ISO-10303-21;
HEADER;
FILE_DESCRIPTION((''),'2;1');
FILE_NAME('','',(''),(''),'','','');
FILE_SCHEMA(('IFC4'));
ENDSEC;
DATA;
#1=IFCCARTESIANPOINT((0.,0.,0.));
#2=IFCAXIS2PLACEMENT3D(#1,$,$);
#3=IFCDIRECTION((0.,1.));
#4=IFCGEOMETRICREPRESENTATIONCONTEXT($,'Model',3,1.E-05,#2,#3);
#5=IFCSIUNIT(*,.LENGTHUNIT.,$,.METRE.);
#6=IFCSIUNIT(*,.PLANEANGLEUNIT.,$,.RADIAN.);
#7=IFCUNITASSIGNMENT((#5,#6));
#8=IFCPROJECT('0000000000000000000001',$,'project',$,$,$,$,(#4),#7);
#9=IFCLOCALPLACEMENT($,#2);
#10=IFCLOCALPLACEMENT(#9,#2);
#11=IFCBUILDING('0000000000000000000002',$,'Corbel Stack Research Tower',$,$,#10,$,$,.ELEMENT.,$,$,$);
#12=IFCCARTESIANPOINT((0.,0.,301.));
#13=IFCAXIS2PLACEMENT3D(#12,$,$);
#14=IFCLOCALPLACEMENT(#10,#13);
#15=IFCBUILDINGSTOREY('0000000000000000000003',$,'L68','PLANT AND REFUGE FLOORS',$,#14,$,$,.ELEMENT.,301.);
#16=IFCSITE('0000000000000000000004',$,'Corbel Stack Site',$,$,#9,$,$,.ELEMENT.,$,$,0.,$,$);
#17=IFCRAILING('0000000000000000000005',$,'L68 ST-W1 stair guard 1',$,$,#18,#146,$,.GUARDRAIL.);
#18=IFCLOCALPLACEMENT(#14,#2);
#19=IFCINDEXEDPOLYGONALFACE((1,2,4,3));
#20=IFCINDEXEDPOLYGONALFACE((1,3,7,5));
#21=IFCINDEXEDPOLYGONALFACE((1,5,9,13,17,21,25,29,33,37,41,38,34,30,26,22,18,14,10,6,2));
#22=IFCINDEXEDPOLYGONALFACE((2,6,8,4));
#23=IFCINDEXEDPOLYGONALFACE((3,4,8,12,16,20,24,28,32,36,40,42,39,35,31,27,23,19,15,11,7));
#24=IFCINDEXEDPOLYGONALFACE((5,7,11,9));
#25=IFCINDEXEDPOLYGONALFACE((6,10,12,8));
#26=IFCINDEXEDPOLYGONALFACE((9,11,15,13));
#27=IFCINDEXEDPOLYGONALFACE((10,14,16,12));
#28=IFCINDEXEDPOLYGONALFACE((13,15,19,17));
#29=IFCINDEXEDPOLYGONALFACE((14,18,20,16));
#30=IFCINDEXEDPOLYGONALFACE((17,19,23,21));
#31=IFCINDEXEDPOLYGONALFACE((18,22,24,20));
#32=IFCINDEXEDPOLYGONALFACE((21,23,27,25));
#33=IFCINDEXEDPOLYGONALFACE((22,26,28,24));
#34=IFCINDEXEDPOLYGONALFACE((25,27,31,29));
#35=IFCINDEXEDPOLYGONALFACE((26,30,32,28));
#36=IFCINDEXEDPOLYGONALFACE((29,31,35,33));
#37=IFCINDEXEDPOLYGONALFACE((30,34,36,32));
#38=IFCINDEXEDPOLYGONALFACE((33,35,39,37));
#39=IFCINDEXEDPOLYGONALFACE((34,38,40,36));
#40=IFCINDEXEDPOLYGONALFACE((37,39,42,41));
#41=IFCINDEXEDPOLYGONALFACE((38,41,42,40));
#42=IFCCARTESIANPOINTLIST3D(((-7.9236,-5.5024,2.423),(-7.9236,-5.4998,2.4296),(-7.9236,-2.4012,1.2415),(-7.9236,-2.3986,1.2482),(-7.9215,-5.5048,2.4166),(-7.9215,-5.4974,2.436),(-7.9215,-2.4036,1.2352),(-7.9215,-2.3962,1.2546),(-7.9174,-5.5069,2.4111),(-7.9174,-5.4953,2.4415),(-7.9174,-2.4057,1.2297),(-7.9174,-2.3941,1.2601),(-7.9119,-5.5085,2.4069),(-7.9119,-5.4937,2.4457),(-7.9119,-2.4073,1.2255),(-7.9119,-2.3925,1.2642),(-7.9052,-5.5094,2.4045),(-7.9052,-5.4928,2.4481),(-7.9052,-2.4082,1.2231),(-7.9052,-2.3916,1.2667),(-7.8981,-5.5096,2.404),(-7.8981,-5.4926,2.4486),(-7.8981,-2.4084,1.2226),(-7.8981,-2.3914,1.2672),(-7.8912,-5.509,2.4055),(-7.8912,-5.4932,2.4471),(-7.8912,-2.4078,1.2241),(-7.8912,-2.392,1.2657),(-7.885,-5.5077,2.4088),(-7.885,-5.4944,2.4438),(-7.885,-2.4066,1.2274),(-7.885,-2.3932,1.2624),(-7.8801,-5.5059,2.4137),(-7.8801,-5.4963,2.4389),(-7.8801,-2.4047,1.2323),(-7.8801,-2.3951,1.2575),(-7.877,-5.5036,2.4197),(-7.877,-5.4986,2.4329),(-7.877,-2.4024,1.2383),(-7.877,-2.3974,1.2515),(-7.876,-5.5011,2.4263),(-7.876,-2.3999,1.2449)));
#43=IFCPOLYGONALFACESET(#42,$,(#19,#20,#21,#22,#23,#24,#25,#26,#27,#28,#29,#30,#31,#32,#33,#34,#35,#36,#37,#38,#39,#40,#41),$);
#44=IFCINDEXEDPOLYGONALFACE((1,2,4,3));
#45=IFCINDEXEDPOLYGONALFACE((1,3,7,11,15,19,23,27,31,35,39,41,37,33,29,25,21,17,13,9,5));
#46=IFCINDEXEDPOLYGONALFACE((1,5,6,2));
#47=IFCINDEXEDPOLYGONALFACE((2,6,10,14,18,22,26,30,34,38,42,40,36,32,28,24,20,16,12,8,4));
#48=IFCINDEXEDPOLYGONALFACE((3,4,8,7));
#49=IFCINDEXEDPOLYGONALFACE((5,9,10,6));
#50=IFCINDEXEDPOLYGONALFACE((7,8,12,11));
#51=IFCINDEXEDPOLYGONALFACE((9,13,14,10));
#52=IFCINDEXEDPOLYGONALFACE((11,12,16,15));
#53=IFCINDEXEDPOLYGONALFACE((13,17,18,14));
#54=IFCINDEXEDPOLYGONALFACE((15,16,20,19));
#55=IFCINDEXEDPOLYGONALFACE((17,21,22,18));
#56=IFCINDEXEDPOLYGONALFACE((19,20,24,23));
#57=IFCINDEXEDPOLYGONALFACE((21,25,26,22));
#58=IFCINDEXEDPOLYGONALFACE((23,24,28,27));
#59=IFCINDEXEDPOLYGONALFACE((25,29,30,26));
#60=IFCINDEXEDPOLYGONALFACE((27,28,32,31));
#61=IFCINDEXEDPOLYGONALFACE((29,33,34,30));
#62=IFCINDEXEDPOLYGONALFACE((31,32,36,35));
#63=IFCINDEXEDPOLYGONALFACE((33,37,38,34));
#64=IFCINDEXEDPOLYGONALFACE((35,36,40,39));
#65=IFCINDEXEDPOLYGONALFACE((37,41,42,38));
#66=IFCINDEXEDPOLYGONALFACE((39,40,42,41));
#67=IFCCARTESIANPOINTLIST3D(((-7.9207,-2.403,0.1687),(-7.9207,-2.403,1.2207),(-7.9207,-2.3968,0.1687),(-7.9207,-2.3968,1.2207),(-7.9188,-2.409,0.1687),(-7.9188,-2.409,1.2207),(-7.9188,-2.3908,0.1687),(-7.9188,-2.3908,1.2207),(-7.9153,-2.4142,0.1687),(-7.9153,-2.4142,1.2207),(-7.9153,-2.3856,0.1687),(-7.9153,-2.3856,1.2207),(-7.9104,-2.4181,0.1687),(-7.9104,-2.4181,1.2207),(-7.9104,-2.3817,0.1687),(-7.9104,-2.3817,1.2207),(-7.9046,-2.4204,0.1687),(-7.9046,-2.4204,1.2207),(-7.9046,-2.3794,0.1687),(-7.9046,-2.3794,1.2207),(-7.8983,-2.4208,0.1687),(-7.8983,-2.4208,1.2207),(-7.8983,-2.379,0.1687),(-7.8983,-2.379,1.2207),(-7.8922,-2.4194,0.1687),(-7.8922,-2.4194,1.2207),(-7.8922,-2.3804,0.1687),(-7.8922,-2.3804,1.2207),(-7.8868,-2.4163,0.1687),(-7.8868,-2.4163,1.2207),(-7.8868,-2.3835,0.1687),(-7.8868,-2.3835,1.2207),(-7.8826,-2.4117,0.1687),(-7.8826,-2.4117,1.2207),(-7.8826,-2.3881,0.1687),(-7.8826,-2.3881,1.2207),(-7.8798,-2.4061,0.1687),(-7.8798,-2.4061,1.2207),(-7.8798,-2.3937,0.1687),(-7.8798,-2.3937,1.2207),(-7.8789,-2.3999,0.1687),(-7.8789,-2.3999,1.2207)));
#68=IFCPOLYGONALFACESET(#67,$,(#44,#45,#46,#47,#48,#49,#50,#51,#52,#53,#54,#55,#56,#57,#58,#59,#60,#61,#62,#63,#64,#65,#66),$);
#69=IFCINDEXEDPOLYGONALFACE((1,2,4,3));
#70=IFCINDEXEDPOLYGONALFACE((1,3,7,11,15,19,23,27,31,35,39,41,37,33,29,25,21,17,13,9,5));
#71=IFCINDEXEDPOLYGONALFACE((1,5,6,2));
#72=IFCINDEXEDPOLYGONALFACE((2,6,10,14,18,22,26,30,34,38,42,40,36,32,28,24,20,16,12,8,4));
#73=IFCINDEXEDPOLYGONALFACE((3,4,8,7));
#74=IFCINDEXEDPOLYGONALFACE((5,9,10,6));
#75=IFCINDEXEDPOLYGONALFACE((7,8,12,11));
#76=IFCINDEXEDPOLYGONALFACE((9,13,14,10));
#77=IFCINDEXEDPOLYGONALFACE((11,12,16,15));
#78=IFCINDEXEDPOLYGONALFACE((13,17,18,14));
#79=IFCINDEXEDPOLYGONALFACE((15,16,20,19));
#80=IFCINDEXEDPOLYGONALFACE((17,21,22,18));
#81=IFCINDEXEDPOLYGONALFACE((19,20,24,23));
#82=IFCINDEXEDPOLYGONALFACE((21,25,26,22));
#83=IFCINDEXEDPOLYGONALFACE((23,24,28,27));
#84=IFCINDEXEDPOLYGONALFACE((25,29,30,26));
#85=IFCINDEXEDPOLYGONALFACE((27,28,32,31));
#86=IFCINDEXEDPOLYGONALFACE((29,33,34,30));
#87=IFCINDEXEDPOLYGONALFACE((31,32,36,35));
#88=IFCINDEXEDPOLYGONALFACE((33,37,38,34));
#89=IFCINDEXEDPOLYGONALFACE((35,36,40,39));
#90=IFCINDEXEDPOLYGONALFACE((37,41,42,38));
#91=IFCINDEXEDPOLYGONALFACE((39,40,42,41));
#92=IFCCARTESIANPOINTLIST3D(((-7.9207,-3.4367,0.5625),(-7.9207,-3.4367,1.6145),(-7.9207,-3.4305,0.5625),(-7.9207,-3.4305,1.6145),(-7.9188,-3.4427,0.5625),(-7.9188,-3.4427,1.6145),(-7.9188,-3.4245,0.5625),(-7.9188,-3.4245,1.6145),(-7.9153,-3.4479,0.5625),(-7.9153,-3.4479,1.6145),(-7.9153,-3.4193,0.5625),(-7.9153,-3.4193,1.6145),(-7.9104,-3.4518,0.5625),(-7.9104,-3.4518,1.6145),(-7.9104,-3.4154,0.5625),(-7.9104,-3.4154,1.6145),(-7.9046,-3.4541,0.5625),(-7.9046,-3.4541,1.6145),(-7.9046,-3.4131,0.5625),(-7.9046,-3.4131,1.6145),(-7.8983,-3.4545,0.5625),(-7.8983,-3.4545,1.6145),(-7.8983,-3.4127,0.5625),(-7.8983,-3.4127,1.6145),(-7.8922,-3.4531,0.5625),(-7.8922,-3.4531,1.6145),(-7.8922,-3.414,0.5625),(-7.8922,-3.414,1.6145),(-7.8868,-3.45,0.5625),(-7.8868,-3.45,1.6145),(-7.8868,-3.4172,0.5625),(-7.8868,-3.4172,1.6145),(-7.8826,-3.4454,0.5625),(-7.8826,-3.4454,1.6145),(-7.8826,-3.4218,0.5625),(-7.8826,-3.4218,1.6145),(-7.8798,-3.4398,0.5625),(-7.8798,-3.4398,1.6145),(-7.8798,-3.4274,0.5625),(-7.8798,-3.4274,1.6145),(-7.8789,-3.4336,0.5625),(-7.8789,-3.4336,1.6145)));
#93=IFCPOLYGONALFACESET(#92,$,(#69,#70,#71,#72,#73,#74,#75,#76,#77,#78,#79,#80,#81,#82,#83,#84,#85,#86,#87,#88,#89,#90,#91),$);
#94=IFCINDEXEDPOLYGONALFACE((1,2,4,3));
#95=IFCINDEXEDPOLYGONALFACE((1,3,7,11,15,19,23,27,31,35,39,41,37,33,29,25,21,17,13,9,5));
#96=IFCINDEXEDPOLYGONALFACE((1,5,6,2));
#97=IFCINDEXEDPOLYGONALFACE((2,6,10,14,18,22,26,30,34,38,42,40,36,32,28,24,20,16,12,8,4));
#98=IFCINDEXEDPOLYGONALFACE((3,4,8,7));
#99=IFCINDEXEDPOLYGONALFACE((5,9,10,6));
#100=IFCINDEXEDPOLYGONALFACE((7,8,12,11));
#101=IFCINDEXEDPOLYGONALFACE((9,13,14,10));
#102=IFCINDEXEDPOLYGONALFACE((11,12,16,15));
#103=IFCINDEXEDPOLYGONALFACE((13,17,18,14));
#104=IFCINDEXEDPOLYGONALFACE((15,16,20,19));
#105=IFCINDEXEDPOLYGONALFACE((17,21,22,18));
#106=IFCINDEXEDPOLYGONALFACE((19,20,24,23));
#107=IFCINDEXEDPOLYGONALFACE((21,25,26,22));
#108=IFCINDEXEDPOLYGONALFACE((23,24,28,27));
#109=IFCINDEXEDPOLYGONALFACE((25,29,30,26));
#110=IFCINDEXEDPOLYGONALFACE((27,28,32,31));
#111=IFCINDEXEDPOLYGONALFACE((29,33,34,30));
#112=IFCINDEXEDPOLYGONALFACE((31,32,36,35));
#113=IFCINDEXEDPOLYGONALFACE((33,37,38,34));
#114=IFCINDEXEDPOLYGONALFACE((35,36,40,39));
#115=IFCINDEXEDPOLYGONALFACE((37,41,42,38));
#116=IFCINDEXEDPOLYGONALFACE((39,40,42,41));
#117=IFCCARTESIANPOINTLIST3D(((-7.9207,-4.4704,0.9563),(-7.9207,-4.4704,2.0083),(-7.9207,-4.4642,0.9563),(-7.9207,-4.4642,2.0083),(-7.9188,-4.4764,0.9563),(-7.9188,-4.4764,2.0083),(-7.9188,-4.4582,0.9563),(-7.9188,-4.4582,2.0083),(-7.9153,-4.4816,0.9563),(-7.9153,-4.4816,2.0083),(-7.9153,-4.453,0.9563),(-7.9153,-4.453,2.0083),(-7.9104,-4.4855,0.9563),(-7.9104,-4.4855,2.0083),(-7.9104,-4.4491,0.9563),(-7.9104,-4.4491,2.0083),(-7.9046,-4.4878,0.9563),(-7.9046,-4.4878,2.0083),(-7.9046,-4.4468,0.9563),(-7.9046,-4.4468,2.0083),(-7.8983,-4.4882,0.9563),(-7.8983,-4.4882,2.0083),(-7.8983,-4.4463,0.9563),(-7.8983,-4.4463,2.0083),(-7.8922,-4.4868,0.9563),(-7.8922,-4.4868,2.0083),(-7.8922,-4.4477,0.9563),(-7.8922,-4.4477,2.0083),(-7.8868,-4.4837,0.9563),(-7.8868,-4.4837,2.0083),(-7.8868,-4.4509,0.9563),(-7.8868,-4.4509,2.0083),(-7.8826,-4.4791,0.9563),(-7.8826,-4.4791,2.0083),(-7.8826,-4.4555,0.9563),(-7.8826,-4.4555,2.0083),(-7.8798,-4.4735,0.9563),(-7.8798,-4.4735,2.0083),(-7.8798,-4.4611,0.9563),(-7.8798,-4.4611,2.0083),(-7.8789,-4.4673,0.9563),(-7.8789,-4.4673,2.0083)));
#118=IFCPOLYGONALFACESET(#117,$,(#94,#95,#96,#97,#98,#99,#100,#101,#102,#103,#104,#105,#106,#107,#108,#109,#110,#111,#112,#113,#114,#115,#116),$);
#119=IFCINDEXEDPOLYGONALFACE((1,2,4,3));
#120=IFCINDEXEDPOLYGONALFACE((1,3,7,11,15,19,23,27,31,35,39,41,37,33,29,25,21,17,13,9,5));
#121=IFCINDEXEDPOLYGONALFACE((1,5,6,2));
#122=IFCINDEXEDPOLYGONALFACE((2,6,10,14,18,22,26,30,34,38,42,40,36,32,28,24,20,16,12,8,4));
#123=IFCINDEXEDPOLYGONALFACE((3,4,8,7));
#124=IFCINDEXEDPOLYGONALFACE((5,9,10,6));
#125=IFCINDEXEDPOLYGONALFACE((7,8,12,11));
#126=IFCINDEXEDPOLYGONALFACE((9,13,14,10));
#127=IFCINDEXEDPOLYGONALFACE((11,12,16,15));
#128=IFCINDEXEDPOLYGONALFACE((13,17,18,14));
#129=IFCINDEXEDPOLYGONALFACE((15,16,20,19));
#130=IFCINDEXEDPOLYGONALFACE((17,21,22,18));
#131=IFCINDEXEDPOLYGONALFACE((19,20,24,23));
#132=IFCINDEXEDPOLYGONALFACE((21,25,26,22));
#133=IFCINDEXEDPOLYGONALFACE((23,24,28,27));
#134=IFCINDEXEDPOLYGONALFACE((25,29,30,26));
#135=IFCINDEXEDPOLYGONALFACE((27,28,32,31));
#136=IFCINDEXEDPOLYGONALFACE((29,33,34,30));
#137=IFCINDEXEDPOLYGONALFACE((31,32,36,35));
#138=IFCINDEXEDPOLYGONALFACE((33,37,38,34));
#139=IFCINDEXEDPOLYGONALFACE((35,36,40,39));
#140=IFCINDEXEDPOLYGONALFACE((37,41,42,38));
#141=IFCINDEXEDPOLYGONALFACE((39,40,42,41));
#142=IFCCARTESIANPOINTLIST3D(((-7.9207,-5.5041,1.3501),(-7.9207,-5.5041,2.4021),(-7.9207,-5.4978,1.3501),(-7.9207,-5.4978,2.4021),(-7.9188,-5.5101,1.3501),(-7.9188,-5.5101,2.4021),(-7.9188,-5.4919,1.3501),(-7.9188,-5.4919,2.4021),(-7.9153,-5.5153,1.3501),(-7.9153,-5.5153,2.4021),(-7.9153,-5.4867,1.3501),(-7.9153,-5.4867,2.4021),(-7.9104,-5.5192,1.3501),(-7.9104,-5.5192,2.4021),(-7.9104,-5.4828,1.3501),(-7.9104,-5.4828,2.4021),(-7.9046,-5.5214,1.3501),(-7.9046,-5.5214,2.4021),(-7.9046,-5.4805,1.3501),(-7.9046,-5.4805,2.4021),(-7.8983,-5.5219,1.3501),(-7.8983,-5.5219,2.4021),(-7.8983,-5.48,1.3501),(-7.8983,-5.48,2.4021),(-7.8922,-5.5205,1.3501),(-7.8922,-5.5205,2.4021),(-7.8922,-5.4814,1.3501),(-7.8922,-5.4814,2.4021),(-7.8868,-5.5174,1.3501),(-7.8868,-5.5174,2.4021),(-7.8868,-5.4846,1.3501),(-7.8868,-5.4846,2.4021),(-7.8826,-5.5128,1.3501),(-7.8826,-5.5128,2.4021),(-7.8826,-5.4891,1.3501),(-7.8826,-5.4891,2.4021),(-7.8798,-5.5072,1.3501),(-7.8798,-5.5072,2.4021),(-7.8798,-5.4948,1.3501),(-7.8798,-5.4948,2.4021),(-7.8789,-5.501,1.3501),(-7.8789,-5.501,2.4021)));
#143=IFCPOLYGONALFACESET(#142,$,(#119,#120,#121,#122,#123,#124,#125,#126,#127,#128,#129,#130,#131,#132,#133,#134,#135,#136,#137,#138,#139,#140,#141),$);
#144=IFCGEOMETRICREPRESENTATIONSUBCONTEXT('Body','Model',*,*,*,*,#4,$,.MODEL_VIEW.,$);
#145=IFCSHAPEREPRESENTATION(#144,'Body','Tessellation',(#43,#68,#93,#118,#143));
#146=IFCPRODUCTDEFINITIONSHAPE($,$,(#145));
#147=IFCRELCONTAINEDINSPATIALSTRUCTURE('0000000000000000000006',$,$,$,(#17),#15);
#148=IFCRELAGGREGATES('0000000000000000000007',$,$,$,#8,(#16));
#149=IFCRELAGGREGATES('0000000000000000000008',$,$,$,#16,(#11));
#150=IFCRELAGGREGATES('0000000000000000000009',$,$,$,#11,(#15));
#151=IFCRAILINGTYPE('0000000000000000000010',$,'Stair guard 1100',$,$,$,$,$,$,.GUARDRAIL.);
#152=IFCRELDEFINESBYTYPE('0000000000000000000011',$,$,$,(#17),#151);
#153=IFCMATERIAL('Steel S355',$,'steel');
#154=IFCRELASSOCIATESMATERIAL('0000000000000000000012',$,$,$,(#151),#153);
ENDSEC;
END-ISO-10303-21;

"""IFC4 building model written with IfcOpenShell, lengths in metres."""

from ifc_helpers import new_model, si_unit, direction, frame, origin, origin_2d, place, context, subcontext, project, spatial, circle, extrude, material, type_object, element, save


model = new_model("IFC4")

# Units and contexts
model_context = context("Model", 3, precision=1e-05, world=origin(), true_north=direction((0.0, 1.0)))
body_context = subcontext(model_context, "Body", "Model", "MODEL_VIEW")
ifc_project = project(units=[si_unit("LENGTHUNIT", "METRE"), si_unit("PLANEANGLEUNIT", "RADIAN")], contexts=[model_context])

# Site, building, storey
site_placement = place(None, origin())
site = spatial("IfcSite", under=ifc_project, at=site_placement, Name="Corbel Stack Site", CompositionType="ELEMENT", RefElevation=0.0)
building_placement = place(site_placement, origin())
building = spatial("IfcBuilding", under=site, at=building_placement, Name="Corbel Stack Research Tower", CompositionType="ELEMENT")
storey_placement = place(building_placement, frame((0.0, 0.0, 301.0)))
storey = spatial("IfcBuildingStorey", under=building, at=storey_placement, Name="L68", Description="PLANT AND REFUGE FLOORS", CompositionType="ELEMENT", Elevation=301.0)

# Railing
ifc_material_1 = material(Name="Steel S355", Category="steel")
railing_type_1 = type_object("IfcRailingType", Name="Stair guard 1100", PredefinedType="GUARDRAIL", material=ifc_material_1)
railing_1_placement = place(storey_placement, frame((-7.8999, -2.3999, 0.1687)))
element("IfcRailing", 1, at=railing_1_placement, inside=storey, type_object=railing_type_1, Name="L68 ST-W1 stair guard 1", PredefinedType="GUARDRAIL", context=body_context, shape_type="SweptSolid", body=[
    extrude(circle(Radius=0.0239, at=origin_2d()), frame((0.0, 0.0, 1.0762), z_axis=(0.0, -0.934484, 0.356005), x_axis=(1.0, 0.0, 0.0)), (0.0, 0.0, 1.0), 3.3186),
    extrude(circle(Radius=0.021, at=origin_2d()), origin(), (0.0, 0.0, 1.0), 1.052),
    extrude(circle(Radius=0.021, at=origin_2d()), frame((0.0, -1.0337, 0.3938)), (0.0, 0.0, 1.0), 1.052),
    extrude(circle(Radius=0.021, at=origin_2d()), frame((0.0, -2.0674, 0.7876)), (0.0, 0.0, 1.0), 1.052),
    extrude(circle(Radius=0.021, at=origin_2d()), frame((0.0, -3.1011, 1.1814)), (0.0, 0.0, 1.0), 1.052),
])

save(model, "model.ifc")
